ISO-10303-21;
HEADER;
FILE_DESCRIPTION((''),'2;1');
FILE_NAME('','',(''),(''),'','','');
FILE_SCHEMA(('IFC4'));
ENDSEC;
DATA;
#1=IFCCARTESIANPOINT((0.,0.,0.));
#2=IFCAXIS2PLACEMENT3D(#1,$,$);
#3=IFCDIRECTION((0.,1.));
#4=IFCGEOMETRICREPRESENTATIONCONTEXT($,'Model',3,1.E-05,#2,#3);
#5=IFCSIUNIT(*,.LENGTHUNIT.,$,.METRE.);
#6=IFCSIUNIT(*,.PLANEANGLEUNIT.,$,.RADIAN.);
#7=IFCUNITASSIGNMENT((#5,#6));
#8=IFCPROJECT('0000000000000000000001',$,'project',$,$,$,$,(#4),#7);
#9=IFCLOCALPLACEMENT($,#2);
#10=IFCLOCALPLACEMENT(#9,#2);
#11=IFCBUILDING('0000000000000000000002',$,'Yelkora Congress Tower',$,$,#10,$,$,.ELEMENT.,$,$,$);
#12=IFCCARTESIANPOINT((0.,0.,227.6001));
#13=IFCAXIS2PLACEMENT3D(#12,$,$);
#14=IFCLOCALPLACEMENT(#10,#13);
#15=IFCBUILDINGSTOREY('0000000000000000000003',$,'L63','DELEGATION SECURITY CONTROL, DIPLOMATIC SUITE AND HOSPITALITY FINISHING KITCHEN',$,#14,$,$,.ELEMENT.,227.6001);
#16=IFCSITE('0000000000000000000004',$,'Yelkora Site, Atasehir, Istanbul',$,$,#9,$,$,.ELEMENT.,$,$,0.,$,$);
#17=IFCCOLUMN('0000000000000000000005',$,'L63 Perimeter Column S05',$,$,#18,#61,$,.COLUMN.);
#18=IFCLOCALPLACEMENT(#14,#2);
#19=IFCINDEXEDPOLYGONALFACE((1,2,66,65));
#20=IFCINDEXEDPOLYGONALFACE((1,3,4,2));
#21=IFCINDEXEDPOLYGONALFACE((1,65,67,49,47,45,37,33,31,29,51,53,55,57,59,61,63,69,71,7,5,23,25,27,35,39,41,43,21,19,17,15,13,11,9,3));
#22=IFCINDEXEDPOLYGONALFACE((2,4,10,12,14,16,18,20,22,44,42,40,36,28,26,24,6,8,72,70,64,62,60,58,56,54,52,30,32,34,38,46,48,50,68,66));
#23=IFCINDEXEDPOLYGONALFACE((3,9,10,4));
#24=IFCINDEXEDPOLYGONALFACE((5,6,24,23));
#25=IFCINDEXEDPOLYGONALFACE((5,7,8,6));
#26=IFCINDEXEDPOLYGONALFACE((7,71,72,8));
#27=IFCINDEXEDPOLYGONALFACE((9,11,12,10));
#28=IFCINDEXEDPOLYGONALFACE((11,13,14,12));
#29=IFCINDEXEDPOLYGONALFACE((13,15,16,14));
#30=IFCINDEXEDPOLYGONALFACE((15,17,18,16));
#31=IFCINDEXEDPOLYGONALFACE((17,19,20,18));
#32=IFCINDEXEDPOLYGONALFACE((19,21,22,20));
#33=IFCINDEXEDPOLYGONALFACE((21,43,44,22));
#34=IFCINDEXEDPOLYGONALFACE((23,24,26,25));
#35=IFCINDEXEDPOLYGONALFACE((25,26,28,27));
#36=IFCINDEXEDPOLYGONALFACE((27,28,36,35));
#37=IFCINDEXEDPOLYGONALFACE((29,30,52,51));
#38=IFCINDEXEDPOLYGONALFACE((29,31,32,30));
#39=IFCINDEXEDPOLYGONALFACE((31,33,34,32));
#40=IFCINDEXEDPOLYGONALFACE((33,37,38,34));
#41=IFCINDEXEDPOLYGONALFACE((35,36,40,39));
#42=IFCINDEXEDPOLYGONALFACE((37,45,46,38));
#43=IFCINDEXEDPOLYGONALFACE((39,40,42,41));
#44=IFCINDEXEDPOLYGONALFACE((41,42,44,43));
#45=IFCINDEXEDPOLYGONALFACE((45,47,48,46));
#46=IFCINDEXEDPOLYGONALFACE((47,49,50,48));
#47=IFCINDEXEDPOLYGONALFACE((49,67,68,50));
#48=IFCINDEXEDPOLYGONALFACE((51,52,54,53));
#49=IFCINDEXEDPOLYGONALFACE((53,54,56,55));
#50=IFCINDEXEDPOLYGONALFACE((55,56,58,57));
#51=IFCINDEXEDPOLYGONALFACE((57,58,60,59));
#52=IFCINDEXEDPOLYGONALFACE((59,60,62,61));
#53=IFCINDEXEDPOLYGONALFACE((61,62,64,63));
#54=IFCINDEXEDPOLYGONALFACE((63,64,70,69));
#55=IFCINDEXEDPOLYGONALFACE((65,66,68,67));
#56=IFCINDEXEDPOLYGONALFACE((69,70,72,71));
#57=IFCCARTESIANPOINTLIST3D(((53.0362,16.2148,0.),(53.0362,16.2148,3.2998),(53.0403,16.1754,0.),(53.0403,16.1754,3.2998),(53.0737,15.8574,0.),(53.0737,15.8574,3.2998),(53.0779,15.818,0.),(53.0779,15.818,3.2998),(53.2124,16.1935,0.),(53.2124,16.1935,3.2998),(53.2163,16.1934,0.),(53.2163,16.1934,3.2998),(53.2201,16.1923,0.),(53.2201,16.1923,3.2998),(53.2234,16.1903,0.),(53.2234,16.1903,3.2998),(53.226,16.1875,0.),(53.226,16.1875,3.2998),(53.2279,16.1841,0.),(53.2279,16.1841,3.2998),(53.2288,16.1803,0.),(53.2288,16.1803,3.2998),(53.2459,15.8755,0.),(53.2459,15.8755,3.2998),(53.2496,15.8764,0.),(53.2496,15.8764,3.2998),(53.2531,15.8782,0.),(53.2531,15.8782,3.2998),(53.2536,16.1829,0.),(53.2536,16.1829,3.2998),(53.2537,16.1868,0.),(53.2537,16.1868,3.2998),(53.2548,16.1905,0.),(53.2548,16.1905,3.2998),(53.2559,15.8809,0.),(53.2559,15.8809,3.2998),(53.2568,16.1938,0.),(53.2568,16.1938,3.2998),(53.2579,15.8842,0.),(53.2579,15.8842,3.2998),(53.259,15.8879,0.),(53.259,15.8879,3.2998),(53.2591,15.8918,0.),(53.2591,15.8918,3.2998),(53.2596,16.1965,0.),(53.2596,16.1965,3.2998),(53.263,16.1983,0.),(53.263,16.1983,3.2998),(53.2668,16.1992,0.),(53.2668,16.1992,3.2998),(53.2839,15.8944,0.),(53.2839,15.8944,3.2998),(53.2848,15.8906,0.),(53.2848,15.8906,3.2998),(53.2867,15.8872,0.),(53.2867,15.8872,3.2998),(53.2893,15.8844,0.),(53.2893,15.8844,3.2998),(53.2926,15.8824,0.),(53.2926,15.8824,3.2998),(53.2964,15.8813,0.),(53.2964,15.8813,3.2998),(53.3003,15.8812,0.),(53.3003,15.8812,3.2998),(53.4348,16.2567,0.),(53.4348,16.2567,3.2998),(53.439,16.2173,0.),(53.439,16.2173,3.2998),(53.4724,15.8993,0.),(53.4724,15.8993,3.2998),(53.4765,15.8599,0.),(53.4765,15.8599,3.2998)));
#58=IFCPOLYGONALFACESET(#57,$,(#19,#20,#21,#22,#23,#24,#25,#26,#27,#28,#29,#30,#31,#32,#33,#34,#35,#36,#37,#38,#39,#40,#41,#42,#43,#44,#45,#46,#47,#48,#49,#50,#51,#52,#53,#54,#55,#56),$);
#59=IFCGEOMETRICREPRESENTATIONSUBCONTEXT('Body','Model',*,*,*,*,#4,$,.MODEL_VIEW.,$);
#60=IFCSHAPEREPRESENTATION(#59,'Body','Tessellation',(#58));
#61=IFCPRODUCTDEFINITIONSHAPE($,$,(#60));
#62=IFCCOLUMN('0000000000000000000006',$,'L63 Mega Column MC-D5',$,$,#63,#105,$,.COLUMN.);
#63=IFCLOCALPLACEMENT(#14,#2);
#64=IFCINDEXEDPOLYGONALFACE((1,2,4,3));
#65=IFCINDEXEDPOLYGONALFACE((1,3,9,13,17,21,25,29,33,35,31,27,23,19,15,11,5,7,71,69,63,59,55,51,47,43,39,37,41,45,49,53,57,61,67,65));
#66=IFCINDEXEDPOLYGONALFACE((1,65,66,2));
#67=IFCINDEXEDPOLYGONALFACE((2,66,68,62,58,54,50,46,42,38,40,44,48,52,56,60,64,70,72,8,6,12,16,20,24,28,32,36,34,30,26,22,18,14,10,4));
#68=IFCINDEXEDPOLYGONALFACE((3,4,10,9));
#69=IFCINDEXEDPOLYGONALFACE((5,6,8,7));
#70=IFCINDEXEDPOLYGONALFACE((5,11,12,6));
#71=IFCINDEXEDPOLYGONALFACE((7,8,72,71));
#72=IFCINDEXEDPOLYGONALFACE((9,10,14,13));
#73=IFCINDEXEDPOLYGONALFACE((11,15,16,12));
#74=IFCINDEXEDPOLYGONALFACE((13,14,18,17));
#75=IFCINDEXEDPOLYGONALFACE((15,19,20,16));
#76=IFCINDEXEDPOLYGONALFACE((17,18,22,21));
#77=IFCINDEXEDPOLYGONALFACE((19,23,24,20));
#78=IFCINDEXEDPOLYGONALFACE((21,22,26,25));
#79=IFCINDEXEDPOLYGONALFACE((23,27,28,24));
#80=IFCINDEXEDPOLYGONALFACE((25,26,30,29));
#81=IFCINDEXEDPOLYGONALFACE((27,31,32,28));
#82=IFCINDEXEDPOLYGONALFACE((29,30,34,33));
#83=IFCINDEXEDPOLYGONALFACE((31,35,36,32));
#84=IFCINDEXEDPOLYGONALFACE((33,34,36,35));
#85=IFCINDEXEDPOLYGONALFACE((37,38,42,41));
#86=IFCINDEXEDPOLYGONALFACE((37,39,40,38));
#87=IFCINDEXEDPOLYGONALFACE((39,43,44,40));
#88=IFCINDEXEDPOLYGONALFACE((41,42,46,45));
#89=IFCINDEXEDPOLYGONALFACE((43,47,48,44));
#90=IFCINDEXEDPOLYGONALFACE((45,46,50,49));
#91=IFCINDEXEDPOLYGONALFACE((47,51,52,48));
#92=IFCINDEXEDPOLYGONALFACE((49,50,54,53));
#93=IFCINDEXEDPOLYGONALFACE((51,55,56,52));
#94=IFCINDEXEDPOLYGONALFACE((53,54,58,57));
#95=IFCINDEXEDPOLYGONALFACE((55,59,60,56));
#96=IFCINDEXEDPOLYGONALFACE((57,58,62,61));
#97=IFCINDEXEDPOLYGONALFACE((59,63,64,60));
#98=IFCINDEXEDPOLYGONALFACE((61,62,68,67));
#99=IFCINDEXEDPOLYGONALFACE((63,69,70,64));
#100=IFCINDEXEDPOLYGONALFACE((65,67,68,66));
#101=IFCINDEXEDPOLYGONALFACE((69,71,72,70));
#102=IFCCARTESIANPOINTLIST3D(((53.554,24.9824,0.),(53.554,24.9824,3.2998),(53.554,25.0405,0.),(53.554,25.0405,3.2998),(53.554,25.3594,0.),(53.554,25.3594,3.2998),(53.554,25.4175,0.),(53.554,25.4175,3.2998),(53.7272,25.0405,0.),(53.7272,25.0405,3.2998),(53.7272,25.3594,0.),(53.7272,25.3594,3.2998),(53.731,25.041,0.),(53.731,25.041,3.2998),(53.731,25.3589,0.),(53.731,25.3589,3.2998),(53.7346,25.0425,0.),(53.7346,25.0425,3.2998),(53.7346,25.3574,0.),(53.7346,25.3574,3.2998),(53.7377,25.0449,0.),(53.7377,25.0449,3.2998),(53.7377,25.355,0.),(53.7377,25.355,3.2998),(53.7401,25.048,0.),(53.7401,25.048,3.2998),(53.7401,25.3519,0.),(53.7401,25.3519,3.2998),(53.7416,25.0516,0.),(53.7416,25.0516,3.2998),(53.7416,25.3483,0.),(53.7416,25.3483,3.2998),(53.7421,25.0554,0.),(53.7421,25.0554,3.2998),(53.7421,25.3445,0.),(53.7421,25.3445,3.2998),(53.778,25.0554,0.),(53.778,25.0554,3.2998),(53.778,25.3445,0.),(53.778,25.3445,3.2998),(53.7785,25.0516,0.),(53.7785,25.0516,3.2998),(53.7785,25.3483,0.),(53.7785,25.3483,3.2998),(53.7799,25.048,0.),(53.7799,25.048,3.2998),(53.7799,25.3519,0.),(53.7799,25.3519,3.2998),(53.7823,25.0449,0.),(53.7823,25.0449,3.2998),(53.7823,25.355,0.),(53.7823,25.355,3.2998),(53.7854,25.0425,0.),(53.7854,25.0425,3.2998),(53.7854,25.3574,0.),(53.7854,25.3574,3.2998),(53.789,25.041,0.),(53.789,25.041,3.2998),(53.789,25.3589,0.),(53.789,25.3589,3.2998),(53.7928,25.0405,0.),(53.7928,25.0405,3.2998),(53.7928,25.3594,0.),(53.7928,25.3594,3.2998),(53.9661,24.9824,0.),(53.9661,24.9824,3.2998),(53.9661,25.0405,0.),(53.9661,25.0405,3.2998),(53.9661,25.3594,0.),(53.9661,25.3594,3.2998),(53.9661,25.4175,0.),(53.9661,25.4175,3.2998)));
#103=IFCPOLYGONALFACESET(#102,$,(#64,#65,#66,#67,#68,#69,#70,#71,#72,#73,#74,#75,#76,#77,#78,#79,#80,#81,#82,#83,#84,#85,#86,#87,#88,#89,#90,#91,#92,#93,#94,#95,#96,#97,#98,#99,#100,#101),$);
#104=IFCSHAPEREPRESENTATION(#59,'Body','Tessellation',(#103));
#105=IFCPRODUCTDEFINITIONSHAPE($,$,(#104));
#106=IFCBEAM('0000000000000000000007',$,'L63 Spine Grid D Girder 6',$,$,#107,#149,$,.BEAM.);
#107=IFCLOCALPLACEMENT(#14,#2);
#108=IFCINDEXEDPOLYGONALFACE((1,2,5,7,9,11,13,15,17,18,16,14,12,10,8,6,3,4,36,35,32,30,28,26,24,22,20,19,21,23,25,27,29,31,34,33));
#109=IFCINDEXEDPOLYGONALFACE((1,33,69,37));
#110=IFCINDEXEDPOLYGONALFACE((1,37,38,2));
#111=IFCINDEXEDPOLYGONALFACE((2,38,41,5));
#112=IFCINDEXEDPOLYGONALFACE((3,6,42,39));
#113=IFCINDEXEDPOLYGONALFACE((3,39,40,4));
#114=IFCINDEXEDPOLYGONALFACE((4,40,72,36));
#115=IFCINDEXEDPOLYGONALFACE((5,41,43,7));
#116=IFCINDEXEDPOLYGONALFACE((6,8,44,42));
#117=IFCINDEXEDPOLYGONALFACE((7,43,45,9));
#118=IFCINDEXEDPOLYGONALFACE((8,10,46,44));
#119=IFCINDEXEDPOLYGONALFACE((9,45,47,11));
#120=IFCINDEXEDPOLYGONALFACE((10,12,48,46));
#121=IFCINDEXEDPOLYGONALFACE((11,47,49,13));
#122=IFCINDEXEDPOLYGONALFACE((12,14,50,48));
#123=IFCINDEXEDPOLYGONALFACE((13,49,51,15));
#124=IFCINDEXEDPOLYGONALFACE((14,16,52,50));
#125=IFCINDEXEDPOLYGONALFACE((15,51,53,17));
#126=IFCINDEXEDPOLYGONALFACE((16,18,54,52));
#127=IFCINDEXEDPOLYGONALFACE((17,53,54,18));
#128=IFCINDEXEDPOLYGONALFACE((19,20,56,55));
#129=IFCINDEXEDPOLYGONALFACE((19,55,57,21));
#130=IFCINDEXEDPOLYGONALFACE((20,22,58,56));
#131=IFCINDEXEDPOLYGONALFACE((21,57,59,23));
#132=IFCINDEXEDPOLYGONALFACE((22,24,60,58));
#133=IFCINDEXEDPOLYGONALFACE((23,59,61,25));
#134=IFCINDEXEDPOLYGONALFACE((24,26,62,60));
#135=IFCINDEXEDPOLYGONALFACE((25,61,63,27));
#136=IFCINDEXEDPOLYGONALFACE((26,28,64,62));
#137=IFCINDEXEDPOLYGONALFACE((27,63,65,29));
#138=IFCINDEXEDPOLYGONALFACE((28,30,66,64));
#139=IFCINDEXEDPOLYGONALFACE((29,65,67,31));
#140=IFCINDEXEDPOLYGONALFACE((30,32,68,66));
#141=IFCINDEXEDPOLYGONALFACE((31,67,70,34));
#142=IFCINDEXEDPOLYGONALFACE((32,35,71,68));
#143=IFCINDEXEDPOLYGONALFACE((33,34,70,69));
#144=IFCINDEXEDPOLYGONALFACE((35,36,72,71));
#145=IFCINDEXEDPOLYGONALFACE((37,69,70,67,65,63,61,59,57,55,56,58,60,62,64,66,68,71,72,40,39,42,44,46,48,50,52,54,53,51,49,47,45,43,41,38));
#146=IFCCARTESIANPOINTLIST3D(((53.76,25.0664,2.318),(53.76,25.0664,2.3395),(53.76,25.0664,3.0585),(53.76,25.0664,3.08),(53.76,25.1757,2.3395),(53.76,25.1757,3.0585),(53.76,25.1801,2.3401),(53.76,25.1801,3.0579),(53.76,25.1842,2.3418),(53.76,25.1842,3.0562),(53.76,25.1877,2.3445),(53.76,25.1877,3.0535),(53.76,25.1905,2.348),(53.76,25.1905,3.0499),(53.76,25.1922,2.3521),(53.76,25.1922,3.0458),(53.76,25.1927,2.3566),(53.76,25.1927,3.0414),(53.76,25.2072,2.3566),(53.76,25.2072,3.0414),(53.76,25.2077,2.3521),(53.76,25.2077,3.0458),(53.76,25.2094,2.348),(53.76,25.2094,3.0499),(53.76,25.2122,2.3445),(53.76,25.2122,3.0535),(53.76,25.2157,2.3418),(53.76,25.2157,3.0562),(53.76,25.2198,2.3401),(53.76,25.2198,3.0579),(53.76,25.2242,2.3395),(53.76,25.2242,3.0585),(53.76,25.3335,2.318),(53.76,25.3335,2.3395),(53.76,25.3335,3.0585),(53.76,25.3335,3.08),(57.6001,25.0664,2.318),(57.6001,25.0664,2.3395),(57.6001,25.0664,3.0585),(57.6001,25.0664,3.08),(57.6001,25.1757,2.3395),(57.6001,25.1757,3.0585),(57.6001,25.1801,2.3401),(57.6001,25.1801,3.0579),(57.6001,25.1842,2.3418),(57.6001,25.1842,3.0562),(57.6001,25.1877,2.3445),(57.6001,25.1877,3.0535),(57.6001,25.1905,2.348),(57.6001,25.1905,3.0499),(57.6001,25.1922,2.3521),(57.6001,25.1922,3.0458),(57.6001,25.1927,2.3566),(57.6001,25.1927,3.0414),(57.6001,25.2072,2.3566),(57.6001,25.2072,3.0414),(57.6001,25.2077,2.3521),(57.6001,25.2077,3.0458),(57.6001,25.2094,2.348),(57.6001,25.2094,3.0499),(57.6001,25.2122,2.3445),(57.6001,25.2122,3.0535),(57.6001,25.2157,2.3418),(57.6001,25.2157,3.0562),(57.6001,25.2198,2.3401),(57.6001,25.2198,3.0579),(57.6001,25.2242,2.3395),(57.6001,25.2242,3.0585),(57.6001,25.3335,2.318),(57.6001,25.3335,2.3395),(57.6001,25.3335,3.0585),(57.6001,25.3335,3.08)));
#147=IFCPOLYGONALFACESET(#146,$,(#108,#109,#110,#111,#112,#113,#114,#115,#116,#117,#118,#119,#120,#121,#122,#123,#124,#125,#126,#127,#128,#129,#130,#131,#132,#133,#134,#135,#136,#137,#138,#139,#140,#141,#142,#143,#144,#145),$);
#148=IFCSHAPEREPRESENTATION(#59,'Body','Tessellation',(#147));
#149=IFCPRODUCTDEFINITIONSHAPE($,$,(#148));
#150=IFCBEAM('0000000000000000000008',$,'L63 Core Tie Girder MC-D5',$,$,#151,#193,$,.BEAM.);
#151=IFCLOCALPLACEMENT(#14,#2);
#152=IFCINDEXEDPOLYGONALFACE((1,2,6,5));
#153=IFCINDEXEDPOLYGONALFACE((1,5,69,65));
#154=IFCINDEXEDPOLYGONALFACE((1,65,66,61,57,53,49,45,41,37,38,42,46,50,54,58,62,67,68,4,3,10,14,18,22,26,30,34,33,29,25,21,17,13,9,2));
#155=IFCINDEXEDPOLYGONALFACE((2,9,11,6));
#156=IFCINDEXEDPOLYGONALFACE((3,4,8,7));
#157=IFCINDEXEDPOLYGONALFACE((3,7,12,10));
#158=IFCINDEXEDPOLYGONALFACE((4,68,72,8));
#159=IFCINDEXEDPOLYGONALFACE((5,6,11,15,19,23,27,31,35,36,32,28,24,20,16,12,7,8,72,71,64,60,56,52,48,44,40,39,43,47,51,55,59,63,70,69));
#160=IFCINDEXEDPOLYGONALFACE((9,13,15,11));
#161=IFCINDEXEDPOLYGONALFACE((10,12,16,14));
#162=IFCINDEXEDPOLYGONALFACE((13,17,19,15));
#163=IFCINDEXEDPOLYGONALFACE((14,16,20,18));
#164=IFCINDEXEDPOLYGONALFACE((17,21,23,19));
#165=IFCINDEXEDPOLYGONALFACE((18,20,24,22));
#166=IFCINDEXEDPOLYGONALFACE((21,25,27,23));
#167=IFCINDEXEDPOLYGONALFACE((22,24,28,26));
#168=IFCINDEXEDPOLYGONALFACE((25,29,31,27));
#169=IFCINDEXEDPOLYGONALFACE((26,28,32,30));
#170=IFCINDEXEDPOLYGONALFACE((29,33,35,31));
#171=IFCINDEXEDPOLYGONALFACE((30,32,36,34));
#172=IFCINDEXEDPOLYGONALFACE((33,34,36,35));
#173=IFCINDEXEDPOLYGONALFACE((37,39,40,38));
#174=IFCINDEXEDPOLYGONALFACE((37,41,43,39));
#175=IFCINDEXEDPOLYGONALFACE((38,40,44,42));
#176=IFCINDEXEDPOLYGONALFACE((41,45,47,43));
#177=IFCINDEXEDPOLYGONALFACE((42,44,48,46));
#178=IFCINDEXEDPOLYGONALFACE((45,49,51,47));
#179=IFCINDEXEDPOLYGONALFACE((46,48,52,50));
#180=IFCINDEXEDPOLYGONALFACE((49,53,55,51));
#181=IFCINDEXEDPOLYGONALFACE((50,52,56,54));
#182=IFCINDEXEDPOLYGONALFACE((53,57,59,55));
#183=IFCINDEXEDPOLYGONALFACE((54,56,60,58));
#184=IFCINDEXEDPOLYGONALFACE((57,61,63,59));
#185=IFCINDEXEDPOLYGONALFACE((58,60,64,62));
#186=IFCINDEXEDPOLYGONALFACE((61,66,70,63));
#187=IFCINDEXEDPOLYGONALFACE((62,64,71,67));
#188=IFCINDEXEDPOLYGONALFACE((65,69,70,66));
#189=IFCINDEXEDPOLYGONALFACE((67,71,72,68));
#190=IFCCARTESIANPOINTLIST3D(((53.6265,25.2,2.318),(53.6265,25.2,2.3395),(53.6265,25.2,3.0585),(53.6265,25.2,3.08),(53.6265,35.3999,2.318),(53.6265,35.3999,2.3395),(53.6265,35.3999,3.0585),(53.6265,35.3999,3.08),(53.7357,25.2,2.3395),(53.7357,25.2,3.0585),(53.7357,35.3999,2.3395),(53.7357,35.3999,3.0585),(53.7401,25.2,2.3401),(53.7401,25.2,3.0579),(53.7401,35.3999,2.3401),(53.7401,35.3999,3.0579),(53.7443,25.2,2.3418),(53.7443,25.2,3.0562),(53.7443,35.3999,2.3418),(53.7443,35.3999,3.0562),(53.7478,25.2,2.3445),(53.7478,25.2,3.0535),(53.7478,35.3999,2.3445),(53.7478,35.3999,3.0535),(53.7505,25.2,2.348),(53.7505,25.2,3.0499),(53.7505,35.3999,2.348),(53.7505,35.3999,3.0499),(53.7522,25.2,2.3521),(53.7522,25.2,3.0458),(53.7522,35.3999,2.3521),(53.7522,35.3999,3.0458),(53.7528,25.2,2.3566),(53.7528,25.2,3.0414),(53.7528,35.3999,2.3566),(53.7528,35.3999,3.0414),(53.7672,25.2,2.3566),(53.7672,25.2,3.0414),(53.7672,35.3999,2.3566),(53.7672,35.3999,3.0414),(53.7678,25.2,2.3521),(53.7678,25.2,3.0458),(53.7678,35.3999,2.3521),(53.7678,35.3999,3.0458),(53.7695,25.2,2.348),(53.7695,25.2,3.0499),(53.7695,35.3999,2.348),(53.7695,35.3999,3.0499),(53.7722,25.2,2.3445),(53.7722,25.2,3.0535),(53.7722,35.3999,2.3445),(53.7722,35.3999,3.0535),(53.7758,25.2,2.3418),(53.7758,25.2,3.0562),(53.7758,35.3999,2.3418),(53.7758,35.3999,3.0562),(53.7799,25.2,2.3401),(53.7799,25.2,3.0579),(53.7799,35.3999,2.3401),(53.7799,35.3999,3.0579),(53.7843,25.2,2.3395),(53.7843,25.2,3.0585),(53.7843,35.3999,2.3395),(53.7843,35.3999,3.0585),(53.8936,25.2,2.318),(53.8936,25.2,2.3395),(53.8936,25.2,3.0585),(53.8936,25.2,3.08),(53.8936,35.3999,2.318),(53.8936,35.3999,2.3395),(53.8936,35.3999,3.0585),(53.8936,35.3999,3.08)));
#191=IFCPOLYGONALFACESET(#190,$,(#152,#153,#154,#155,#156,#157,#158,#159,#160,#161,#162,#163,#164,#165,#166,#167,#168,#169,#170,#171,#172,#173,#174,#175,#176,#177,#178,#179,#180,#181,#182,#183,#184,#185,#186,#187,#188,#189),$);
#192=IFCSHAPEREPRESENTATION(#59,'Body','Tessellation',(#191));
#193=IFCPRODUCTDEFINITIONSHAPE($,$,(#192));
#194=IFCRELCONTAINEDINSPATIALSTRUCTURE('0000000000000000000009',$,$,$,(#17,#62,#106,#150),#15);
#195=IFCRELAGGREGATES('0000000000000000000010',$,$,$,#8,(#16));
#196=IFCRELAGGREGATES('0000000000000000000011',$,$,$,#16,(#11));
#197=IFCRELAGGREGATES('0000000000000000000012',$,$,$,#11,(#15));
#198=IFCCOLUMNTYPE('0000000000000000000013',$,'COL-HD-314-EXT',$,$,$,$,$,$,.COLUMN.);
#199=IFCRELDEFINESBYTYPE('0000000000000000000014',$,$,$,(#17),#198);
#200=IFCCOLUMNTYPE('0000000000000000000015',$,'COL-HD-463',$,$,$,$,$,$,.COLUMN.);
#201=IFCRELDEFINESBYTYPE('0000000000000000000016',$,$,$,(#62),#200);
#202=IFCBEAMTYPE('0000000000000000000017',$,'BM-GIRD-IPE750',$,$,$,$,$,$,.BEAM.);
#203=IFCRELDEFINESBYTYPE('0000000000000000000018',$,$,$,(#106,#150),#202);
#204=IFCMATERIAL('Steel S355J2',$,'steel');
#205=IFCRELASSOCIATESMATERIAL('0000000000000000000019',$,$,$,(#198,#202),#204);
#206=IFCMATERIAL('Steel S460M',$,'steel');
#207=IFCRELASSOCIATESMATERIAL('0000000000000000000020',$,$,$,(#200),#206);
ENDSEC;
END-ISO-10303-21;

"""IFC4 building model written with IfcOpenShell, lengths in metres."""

from ifc_helpers import new_model, si_unit, direction, frame, origin, origin_2d, place, context, subcontext, project, spatial, i_section, extrude, material, material_profile, profile_set, type_object, element, save


model = new_model("IFC4")

# Units and contexts
model_context = context("Model", 3, precision=1e-05, world=origin(), true_north=direction((0.0, 1.0)))
body_context = subcontext(model_context, "Body", "Model", "MODEL_VIEW")
ifc_project = project(units=[si_unit("LENGTHUNIT", "METRE"), si_unit("PLANEANGLEUNIT", "RADIAN")], contexts=[model_context])

# Site, building, storey
site_placement = place(None, origin())
site = spatial("IfcSite", under=ifc_project, at=site_placement, Name="Yelkora Site, Atasehir, Istanbul", CompositionType="ELEMENT", RefElevation=0.0)
building_placement = place(site_placement, origin())
building = spatial("IfcBuilding", under=site, at=building_placement, Name="Yelkora Congress Tower", CompositionType="ELEMENT")
storey_placement = place(building_placement, frame((0.0, 0.0, 227.6001)))
storey = spatial("IfcBuildingStorey", under=building, at=storey_placement, Name="L63", Description="DELEGATION SECURITY CONTROL, DIPLOMATIC SUITE AND HOSPITALITY FINISHING KITCHEN", CompositionType="ELEMENT", Elevation=227.6001)

# Columns
ifc_material_1 = material(Name="Steel S355J2", Category="steel")
ifc_material_profile_1 = material_profile(ifc_material_1, i_section(OverallWidth=0.4009, OverallDepth=0.3989, WebThickness=0.0249, FlangeThickness=0.0396, FilletRadius=0.0149, at=origin_2d()), Name="HD 400x314")
ifc_profile_set_1 = profile_set([ifc_material_profile_1], Name="Steel S355J2")
column_type_1 = type_object("IfcColumnType", Name="COL-HD-314-EXT", PredefinedType="COLUMN", material=ifc_profile_set_1)
column_1_placement = place(storey_placement, frame((53.2563, 16.0374, 0.0), z_axis=(0.0, 0.0, 1.0), x_axis=(0.994522, 0.104528, 0.0)))
element("IfcColumn", 1, at=column_1_placement, inside=storey, type_object=column_type_1, Name="L63 Perimeter Column S05", PredefinedType="COLUMN", context=body_context, shape_type="SweptSolid", body=[
    extrude(i_section(OverallWidth=0.4009, OverallDepth=0.3989, WebThickness=0.0249, FlangeThickness=0.0396, FilletRadius=0.0149, at=origin_2d()), origin(), (0.0, 0.0, 1.0), 3.2998),
])
ifc_material_2 = material(Name="Steel S460M", Category="steel")
ifc_material_profile_2 = material_profile(ifc_material_2, i_section(OverallWidth=0.4121, OverallDepth=0.4351, WebThickness=0.0359, FlangeThickness=0.0581, FilletRadius=0.0149, at=origin_2d()), Name="HD 400x463")
ifc_profile_set_2 = profile_set([ifc_material_profile_2], Name="Steel S460M")
column_type_2 = type_object("IfcColumnType", Name="COL-HD-463", PredefinedType="COLUMN", material=ifc_profile_set_2)
column_2_placement = place(storey_placement, frame((53.76, 25.2, 0.0), z_axis=(0.0, 0.0, 1.0), x_axis=(1.0, 0.0, 0.0)))
element("IfcColumn", 2, at=column_2_placement, inside=storey, type_object=column_type_2, Name="L63 Mega Column MC-D5", PredefinedType="COLUMN", context=body_context, shape_type="SweptSolid", body=[
    extrude(i_section(OverallWidth=0.4121, OverallDepth=0.4351, WebThickness=0.0359, FlangeThickness=0.0581, FilletRadius=0.0149, at=origin_2d()), origin(), (0.0, 0.0, 1.0), 3.2998),
])

# Beams
ifc_material_profile_3 = material_profile(ifc_material_1, i_section(OverallWidth=0.2671, OverallDepth=0.762, WebThickness=0.0144, FlangeThickness=0.0215, FilletRadius=0.0171, at=origin_2d()), Name="IPE 750x173")
ifc_profile_set_3 = profile_set([ifc_material_profile_3], Name="Steel S355J2")
beam_type_1 = type_object("IfcBeamType", Name="BM-GIRD-IPE750", PredefinedType="BEAM", material=ifc_profile_set_3)
beam_1_placement = place(storey_placement, frame((53.76, 25.2, 2.699), z_axis=(1.0, 0.0, 0.0), x_axis=(0.0, 1.0, 0.0)))
element("IfcBeam", 3, at=beam_1_placement, inside=storey, type_object=beam_type_1, Name="L63 Spine Grid D Girder 6", PredefinedType="BEAM", context=body_context, shape_type="SweptSolid", body=[
    extrude(i_section(OverallWidth=0.2671, OverallDepth=0.762, WebThickness=0.0144, FlangeThickness=0.0215, FilletRadius=0.0171, at=origin_2d()), origin(), (0.0, 0.0, 1.0), 3.8401),
])
beam_2_placement = place(storey_placement, frame((53.76, 25.2, 2.699), z_axis=(0.0, 1.0, 0.0), x_axis=(-1.0, 0.0, 0.0)))
element("IfcBeam", 4, at=beam_2_placement, inside=storey, type_object=beam_type_1, Name="L63 Core Tie Girder MC-D5", PredefinedType="BEAM", context=body_context, shape_type="SweptSolid", body=[
    extrude(i_section(OverallWidth=0.2671, OverallDepth=0.762, WebThickness=0.0144, FlangeThickness=0.0215, FilletRadius=0.0171, at=origin_2d()), origin(), (0.0, 0.0, 1.0), 10.2),
])

save(model, "model.ifc")
